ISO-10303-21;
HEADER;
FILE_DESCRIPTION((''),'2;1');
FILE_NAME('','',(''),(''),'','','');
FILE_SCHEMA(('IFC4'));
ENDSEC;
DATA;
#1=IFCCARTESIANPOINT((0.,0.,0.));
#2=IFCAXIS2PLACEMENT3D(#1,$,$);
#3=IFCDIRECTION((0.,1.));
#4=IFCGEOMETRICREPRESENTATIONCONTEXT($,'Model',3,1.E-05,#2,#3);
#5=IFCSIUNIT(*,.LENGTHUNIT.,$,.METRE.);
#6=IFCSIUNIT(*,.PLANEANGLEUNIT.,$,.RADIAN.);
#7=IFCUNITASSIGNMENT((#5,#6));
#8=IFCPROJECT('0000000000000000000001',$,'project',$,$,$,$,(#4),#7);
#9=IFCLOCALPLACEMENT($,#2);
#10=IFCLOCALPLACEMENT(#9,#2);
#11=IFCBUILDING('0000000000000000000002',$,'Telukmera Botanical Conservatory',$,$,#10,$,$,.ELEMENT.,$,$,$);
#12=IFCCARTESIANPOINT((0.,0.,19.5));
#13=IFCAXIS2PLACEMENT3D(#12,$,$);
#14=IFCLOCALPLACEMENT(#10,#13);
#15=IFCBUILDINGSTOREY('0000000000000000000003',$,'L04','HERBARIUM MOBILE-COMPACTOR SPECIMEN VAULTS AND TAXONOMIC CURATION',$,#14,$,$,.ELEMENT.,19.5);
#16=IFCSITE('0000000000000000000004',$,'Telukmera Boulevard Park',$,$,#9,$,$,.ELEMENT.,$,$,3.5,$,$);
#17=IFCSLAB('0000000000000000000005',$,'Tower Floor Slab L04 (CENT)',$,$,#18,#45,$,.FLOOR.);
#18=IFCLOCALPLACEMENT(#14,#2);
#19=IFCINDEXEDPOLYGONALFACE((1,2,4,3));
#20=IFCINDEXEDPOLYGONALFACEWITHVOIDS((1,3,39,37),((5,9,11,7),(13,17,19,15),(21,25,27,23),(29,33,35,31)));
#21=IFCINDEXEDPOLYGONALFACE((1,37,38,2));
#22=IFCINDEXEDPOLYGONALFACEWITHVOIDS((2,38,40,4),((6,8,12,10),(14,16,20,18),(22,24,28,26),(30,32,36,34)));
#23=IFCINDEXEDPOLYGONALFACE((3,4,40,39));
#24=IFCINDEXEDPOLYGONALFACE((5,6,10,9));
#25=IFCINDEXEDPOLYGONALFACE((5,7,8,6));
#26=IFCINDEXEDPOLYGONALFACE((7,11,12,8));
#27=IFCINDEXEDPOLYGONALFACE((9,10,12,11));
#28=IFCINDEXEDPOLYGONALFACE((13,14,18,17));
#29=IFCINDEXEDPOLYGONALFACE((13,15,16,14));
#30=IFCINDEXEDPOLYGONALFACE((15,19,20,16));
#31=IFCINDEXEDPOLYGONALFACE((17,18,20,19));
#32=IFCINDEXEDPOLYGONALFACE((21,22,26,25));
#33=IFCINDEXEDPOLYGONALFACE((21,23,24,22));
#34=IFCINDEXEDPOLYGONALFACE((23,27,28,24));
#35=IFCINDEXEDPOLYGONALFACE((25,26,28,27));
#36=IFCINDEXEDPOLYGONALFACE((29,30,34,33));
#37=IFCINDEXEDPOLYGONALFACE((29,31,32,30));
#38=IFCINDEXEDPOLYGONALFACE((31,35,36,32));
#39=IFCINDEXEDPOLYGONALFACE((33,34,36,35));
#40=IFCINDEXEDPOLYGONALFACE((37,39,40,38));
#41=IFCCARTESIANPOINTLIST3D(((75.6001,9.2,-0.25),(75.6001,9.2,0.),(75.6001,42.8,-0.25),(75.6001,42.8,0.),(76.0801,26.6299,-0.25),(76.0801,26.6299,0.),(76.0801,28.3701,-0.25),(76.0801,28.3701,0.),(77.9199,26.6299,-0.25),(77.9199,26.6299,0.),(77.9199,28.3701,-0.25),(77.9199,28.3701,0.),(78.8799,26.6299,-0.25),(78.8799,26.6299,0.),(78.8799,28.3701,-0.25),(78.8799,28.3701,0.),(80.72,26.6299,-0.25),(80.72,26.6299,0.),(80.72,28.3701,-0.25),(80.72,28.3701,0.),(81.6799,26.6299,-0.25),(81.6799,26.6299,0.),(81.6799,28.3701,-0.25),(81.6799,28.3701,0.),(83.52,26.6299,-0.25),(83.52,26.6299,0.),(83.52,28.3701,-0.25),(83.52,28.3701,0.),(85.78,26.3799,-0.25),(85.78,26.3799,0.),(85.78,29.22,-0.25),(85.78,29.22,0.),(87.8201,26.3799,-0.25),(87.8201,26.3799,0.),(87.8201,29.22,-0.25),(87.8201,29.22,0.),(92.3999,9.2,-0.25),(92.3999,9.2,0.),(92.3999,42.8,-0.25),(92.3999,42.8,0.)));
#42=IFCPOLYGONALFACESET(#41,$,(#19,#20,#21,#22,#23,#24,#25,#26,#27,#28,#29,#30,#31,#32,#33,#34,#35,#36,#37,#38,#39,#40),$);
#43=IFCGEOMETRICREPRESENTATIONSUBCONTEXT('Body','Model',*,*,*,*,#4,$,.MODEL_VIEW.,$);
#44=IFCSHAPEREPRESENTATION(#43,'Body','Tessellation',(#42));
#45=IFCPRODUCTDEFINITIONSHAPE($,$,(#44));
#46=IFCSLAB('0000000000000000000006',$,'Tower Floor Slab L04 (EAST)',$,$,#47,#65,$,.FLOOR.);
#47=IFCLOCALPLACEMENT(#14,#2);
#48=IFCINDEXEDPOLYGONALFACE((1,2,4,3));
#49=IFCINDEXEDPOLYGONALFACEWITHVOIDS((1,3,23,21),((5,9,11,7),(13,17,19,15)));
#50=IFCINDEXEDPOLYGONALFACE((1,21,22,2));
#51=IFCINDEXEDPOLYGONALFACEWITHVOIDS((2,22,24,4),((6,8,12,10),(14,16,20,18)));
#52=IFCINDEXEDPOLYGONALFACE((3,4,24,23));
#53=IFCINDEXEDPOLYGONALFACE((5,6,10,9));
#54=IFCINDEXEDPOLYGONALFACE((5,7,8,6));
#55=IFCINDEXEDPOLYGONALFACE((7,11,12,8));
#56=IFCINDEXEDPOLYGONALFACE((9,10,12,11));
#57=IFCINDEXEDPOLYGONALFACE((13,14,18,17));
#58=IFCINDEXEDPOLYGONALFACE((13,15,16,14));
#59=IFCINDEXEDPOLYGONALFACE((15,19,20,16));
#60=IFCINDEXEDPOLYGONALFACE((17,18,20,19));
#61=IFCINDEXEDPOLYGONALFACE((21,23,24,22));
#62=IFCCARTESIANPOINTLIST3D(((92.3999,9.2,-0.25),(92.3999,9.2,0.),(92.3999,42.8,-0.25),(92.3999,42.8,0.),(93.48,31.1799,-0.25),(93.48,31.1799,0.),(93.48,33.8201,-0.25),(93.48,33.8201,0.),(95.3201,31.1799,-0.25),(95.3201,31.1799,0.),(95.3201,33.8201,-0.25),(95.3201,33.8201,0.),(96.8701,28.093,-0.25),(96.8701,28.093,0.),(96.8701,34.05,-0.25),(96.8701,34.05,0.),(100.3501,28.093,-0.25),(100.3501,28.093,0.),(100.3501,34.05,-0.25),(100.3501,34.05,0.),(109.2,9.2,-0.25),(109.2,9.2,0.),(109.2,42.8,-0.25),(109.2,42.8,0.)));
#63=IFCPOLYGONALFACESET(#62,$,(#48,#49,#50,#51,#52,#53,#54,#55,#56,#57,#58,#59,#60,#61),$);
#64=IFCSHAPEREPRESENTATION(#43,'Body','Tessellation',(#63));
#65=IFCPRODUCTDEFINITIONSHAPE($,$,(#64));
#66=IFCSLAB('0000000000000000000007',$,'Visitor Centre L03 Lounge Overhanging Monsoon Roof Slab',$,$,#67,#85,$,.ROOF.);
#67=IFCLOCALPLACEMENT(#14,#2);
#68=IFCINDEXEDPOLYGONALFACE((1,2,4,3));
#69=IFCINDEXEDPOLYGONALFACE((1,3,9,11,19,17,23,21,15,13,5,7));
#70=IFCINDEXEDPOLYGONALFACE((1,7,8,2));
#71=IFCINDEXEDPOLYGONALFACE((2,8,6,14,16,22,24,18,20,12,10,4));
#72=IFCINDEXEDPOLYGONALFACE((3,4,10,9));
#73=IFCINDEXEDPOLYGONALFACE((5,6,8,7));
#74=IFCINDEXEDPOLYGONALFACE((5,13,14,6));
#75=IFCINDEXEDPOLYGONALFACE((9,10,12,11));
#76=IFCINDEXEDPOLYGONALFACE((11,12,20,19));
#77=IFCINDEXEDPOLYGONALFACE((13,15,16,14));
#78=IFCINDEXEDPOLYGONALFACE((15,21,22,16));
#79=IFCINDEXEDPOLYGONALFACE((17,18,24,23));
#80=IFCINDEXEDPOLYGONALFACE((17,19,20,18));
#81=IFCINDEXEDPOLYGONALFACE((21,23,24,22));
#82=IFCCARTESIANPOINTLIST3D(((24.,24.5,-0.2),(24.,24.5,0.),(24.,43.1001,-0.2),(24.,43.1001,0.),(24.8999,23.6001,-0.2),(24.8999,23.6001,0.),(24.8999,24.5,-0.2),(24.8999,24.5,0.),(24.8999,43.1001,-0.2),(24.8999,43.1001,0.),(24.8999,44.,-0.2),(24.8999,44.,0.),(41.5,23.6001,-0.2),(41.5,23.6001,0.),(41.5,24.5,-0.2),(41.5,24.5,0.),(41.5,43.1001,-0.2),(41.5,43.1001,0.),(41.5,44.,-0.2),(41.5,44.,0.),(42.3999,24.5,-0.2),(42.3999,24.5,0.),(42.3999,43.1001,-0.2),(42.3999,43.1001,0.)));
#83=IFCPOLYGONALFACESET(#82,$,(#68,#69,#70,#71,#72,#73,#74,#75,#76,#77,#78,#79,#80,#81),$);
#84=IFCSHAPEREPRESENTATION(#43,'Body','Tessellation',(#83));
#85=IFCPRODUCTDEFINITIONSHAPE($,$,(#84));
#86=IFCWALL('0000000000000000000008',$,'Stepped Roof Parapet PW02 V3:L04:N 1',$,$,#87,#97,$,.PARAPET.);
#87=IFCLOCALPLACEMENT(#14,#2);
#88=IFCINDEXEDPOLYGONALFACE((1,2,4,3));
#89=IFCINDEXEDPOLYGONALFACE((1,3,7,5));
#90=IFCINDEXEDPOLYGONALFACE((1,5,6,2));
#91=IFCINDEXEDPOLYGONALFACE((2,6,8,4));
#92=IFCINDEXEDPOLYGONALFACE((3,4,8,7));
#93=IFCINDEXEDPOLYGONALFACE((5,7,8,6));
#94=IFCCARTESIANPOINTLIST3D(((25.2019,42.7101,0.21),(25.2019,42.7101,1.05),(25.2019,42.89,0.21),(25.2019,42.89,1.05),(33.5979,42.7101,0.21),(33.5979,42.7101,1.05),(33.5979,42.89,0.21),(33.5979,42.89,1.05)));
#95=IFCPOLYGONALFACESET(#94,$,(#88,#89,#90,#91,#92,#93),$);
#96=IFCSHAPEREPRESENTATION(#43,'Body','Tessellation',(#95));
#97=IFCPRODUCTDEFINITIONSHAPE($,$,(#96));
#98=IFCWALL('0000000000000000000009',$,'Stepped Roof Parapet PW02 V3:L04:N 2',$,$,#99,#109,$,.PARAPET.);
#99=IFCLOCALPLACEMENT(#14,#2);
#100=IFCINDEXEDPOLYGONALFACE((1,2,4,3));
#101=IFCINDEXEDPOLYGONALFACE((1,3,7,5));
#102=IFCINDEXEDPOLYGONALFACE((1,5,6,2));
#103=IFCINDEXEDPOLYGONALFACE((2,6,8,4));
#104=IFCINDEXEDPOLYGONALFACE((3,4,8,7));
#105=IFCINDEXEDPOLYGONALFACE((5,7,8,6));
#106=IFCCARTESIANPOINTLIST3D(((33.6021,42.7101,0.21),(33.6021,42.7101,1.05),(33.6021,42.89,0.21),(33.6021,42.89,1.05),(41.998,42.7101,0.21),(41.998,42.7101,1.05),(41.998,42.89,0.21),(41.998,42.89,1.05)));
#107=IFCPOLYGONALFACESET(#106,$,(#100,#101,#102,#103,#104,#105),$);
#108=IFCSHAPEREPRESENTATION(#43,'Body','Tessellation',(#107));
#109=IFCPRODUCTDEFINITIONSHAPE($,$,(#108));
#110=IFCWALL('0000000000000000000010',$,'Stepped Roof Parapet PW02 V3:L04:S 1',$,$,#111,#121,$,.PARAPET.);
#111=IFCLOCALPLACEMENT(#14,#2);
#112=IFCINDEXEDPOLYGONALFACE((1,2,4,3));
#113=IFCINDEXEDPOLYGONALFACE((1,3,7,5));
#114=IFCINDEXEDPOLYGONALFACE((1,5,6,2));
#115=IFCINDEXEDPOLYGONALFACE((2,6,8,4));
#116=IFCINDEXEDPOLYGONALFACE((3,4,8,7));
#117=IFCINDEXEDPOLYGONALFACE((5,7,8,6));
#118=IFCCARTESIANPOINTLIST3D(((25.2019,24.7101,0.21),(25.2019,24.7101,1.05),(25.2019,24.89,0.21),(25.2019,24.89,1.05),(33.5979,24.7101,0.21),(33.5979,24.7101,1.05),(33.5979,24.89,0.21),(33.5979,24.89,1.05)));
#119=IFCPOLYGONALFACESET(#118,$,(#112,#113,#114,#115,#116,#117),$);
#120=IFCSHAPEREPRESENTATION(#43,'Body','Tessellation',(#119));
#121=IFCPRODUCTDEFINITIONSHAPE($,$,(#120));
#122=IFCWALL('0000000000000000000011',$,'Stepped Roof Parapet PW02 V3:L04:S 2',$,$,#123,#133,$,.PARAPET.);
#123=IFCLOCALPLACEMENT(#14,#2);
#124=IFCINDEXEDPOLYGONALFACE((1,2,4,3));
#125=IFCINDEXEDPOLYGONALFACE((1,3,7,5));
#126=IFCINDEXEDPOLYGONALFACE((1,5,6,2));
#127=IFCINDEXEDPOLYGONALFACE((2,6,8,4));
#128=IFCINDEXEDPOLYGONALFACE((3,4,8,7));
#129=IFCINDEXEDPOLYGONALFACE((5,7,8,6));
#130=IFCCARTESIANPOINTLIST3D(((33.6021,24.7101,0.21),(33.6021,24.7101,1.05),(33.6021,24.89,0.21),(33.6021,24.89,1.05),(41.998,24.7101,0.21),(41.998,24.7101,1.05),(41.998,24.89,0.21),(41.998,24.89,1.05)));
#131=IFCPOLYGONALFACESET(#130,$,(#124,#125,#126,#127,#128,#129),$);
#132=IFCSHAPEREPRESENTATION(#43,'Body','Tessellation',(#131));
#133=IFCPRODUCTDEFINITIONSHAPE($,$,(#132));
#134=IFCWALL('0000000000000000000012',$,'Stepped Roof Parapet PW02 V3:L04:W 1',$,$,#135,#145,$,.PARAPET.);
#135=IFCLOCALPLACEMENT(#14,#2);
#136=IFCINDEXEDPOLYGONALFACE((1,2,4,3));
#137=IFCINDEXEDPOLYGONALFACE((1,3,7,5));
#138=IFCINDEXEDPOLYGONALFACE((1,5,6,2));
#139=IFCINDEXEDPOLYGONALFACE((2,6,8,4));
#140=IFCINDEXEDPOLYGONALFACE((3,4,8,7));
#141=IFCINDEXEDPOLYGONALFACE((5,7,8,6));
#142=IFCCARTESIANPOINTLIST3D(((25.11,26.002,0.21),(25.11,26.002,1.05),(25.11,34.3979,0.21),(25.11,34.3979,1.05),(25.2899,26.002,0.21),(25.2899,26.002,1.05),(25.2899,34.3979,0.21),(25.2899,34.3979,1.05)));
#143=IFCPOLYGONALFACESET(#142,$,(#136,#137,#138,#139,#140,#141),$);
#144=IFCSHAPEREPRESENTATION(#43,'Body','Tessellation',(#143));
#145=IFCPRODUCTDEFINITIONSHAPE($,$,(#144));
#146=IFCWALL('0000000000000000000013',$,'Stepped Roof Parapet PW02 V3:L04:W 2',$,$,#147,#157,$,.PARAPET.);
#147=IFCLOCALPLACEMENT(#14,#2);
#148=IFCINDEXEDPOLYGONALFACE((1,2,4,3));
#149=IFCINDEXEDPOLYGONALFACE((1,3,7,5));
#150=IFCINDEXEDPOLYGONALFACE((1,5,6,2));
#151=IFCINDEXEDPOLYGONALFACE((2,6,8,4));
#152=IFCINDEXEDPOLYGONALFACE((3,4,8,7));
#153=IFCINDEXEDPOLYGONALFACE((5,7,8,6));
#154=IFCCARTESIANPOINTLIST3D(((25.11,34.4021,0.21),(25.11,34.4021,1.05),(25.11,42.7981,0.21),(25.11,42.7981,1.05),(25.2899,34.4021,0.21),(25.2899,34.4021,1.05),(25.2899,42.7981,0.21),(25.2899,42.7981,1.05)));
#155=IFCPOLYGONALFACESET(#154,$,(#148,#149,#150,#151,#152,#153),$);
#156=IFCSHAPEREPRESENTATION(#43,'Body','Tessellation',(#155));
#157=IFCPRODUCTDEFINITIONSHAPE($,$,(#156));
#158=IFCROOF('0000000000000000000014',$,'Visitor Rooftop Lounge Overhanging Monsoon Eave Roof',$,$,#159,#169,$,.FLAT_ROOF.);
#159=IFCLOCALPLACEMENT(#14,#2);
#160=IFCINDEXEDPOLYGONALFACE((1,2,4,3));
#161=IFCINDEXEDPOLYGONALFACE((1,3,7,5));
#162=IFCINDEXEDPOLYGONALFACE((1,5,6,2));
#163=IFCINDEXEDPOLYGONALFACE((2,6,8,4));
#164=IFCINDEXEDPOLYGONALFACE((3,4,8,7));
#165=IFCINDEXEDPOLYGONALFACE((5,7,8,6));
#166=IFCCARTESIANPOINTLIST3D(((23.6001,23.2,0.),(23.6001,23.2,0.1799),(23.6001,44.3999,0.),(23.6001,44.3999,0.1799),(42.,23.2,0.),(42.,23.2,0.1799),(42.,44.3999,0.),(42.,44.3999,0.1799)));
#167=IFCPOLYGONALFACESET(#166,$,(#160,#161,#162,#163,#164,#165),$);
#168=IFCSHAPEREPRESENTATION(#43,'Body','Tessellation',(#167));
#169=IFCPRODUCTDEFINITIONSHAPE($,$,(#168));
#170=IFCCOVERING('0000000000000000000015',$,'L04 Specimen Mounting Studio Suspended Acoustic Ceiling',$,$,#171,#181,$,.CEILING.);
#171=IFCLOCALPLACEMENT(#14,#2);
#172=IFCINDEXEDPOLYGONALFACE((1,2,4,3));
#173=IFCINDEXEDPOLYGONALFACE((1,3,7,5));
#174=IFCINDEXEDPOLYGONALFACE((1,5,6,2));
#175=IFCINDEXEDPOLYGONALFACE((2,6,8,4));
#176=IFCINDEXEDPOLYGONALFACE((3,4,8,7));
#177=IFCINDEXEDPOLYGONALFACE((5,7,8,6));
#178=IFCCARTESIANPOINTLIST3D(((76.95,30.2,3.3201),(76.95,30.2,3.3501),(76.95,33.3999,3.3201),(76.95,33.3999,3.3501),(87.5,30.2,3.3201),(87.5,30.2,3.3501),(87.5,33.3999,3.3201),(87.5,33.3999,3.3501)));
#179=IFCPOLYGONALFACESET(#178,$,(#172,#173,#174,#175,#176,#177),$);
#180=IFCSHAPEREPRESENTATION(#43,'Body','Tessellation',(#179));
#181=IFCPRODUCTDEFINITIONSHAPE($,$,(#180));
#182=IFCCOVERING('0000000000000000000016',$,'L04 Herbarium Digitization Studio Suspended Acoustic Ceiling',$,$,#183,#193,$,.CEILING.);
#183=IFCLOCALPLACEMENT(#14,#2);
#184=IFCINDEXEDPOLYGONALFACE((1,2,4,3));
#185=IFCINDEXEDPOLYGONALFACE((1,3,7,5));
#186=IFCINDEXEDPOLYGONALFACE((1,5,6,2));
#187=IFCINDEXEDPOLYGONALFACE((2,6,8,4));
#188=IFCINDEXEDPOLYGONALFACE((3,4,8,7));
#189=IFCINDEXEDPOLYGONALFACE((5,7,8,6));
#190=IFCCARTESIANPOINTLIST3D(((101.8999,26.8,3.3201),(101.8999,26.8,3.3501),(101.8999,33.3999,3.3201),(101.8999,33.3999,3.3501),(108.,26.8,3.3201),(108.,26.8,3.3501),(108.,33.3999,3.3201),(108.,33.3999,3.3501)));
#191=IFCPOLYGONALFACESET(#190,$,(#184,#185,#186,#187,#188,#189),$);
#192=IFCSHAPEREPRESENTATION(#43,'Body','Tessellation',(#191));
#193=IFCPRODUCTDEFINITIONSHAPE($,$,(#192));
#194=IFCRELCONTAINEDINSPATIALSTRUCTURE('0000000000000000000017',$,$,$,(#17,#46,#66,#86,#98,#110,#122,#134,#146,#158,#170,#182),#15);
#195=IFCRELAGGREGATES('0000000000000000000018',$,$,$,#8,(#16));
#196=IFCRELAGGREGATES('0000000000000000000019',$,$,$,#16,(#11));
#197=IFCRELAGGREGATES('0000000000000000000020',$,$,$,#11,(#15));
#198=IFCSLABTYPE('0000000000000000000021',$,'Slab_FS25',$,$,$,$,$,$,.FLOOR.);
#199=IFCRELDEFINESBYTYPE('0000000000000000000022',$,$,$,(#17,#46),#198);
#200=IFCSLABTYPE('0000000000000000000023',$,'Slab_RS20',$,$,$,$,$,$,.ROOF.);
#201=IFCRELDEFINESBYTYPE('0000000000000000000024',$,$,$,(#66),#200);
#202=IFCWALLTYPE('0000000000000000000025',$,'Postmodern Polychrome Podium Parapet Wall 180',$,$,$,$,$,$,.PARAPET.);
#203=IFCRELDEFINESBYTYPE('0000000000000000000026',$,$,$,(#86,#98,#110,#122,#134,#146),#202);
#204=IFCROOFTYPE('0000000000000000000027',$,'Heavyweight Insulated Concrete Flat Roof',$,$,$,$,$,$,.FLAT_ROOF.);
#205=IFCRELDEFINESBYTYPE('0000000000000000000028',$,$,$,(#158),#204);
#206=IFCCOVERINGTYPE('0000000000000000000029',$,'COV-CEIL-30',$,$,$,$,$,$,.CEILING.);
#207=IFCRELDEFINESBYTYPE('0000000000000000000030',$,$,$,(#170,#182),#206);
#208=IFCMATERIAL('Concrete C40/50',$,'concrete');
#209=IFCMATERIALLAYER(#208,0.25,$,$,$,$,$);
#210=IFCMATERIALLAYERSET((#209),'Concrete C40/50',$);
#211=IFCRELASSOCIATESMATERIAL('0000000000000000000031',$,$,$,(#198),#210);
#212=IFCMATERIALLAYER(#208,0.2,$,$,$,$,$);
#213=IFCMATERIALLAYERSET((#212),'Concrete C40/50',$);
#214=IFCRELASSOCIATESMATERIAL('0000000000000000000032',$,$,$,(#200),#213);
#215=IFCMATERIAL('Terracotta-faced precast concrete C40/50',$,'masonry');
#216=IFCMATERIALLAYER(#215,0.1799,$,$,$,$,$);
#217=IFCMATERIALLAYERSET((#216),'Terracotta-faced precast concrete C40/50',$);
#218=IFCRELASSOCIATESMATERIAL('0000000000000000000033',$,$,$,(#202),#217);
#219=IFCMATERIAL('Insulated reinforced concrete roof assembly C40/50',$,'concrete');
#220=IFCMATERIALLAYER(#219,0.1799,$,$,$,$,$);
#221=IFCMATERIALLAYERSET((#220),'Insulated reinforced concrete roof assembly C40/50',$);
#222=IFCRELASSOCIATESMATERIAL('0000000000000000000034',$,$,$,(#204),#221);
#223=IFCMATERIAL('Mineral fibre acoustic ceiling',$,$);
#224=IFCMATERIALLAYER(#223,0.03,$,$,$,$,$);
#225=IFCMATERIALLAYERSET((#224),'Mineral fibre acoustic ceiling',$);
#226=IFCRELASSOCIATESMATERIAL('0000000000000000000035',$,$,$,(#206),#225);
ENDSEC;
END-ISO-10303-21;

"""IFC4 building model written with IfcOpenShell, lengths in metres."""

from ifc_helpers import new_model, si_unit, direction, frame, frame_2d, origin, place, context, subcontext, project, spatial, polyline, rectangle, outline, extrude, material, layer, layer_set, type_object, element, save


model = new_model("IFC4")

# Units and contexts
model_context = context("Model", 3, precision=1e-05, world=origin(), true_north=direction((0.0, 1.0)))
body_context = subcontext(model_context, "Body", "Model", "MODEL_VIEW")
ifc_project = project(units=[si_unit("LENGTHUNIT", "METRE"), si_unit("PLANEANGLEUNIT", "RADIAN")], contexts=[model_context])

# Site, building, storey
site_placement = place(None, origin())
site = spatial("IfcSite", under=ifc_project, at=site_placement, Name="Telukmera Boulevard Park", CompositionType="ELEMENT", RefElevation=3.5)
building_placement = place(site_placement, origin())
building = spatial("IfcBuilding", under=site, at=building_placement, Name="Telukmera Botanical Conservatory", CompositionType="ELEMENT")
storey_placement = place(building_placement, frame((0.0, 0.0, 19.5)))
storey = spatial("IfcBuildingStorey", under=building, at=storey_placement, Name="L04", Description="HERBARIUM MOBILE-COMPACTOR SPECIMEN VAULTS AND TAXONOMIC CURATION", CompositionType="ELEMENT", Elevation=19.5)

# Shared definitions
ifc_material_1 = material(Name="Concrete C40/50", Category="concrete")

# Slabs
ifc_layer_1 = layer(ifc_material_1, 0.25)
ifc_layer_set_1 = layer_set([ifc_layer_1], Name="Concrete C40/50")
slab_type_1 = type_object("IfcSlabType", Name="Slab_FS25", PredefinedType="FLOOR", material=ifc_layer_set_1)
slab_1_placement = place(storey_placement, frame((0.0, 0.0, -0.25)))
element("IfcSlab", 1, at=slab_1_placement, inside=storey, type_object=slab_type_1, Name="Tower Floor Slab L04 (CENT)", PredefinedType="FLOOR", context=body_context, shape_type="SweptSolid", body=[
    extrude(outline(polyline([(75.6001, 9.2), (92.3999, 9.2), (92.3999, 42.8), (75.6001, 42.8), (75.6001, 9.2)]), holes=[polyline([(85.78, 26.3799), (87.8201, 26.3799), (87.8201, 29.22), (85.78, 29.22), (85.78, 26.3799)]), polyline([(76.0801, 26.6299), (77.9199, 26.6299), (77.9199, 28.3701), (76.0801, 28.3701), (76.0801, 26.6299)]), polyline([(78.8799, 26.6299), (80.72, 26.6299), (80.72, 28.3701), (78.8799, 28.3701), (78.8799, 26.6299)]), polyline([(81.6799, 26.6299), (83.52, 26.6299), (83.52, 28.3701), (81.6799, 28.3701), (81.6799, 26.6299)])]), origin(), (0.0, 0.0, 1.0), 0.25),
])
slab_2_placement = place(storey_placement, frame((0.0, 0.0, -0.25)))
element("IfcSlab", 2, at=slab_2_placement, inside=storey, type_object=slab_type_1, Name="Tower Floor Slab L04 (EAST)", PredefinedType="FLOOR", context=body_context, shape_type="SweptSolid", body=[
    extrude(outline(polyline([(92.3999, 9.2), (109.2, 9.2), (109.2, 42.8), (92.3999, 42.8), (92.3999, 9.2)]), holes=[polyline([(100.3501, 28.093), (100.3501, 34.05), (96.8701, 34.05), (96.8701, 28.093), (100.3501, 28.093)]), polyline([(93.48, 31.1799), (95.3201, 31.1799), (95.3201, 33.8201), (93.48, 33.8201), (93.48, 31.1799)])]), origin(), (0.0, 0.0, 1.0), 0.25),
])
ifc_layer_2 = layer(ifc_material_1, 0.2)
ifc_layer_set_2 = layer_set([ifc_layer_2], Name="Concrete C40/50")
slab_type_2 = type_object("IfcSlabType", Name="Slab_RS20", PredefinedType="ROOF", material=ifc_layer_set_2)
slab_3_placement = place(storey_placement, frame((0.0, 0.0, -0.2)))
element("IfcSlab", 3, at=slab_3_placement, inside=storey, type_object=slab_type_2, Name="Visitor Centre L03 Lounge Overhanging Monsoon Roof Slab", PredefinedType="ROOF", context=body_context, shape_type="SweptSolid", body=[
    extrude(outline(polyline([(24.8999, 23.6001), (41.5, 23.6001), (41.5, 24.5), (42.3999, 24.5), (42.3999, 43.1001), (41.5, 43.1001), (41.5, 44.0), (24.8999, 44.0), (24.8999, 43.1001), (24.0, 43.1001), (24.0, 24.5), (24.8999, 24.5), (24.8999, 23.6001)])), origin(), (0.0, 0.0, 1.0), 0.2),
])

# Walls
ifc_material_2 = material(Name="Terracotta-faced precast concrete C40/50", Category="masonry")
ifc_layer_3 = layer(ifc_material_2, 0.1799)
ifc_layer_set_3 = layer_set([ifc_layer_3], Name="Terracotta-faced precast concrete C40/50")
wall_type = type_object("IfcWallType", Name="Postmodern Polychrome Podium Parapet Wall 180", PredefinedType="PARAPET", material=ifc_layer_set_3)
for number, where, z_axis, x_axis, name in (
    (4, (25.2019, 42.8, 0.21), (0.0, 0.0, 1.0), (1.0, 0.0, 0.0), "Stepped Roof Parapet PW02 V3:L04:N 1"),
    (5, (33.6021, 42.8, 0.21), (0.0, 0.0, 1.0), (1.0, 0.0, 0.0), "Stepped Roof Parapet PW02 V3:L04:N 2"),
    (6, (25.2019, 24.8, 0.21), (0.0, 0.0, 1.0), (1.0, 0.0, 0.0), "Stepped Roof Parapet PW02 V3:L04:S 1"),
    (7, (33.6021, 24.8, 0.21), (0.0, 0.0, 1.0), (1.0, 0.0, 0.0), "Stepped Roof Parapet PW02 V3:L04:S 2"),
    (8, (25.2, 26.002, 0.21), (0.0, 0.0, 1.0), (0.0, 1.0, 0.0), "Stepped Roof Parapet PW02 V3:L04:W 1"),
    (9, (25.2, 34.4021, 0.21), (0.0, 0.0, 1.0), (0.0, 1.0, 0.0), "Stepped Roof Parapet PW02 V3:L04:W 2"),
):
    element("IfcWall", number, at=place(storey_placement, frame(where, z_axis=z_axis, x_axis=x_axis)), inside=storey, type_object=wall_type, Name=name, PredefinedType="PARAPET", context=body_context, shape_type="SweptSolid", body=[
        extrude(rectangle(XDim=8.396, YDim=0.1799, at=frame_2d((4.198, 0.0))), origin(), (0.0, 0.0, 1.0), 0.8401),
    ])

# Roof
ifc_material_3 = material(Name="Insulated reinforced concrete roof assembly C40/50", Category="concrete")
ifc_layer_4 = layer(ifc_material_3, 0.1799)
ifc_layer_set_4 = layer_set([ifc_layer_4], Name="Insulated reinforced concrete roof assembly C40/50")
roof_type = type_object("IfcRoofType", Name="Heavyweight Insulated Concrete Flat Roof", PredefinedType="FLAT_ROOF", material=ifc_layer_set_4)
roof_placement = place(storey_placement, origin())
element("IfcRoof", 10, at=roof_placement, inside=storey, type_object=roof_type, Name="Visitor Rooftop Lounge Overhanging Monsoon Eave Roof", PredefinedType="FLAT_ROOF", context=body_context, shape_type="SweptSolid", body=[
    extrude(outline(polyline([(23.6001, 23.2), (42.0, 23.2), (42.0, 44.3999), (23.6001, 44.3999), (23.6001, 23.2)])), origin(), (0.0, 0.0, 1.0), 0.1799),
])

# Coverings
ifc_material_4 = material(Name="Mineral fibre acoustic ceiling")
ifc_layer_5 = layer(ifc_material_4, 0.03)
ifc_layer_set_5 = layer_set([ifc_layer_5], Name="Mineral fibre acoustic ceiling")
covering_type_1 = type_object("IfcCoveringType", Name="COV-CEIL-30", PredefinedType="CEILING", material=ifc_layer_set_5)
covering_1_placement = place(storey_placement, frame((0.0, 0.0, 3.3201)))
element("IfcCovering", 11, at=covering_1_placement, inside=storey, type_object=covering_type_1, Name="L04 Specimen Mounting Studio Suspended Acoustic Ceiling", PredefinedType="CEILING", context=body_context, shape_type="SweptSolid", body=[
    extrude(outline(polyline([(76.95, 30.2), (87.5, 30.2), (87.5, 33.3999), (76.95, 33.3999), (76.95, 30.2)])), origin(), (0.0, 0.0, 1.0), 0.03),
])
covering_2_placement = place(storey_placement, frame((0.0, 0.0, 3.3201)))
element("IfcCovering", 12, at=covering_2_placement, inside=storey, type_object=covering_type_1, Name="L04 Herbarium Digitization Studio Suspended Acoustic Ceiling", PredefinedType="CEILING", context=body_context, shape_type="SweptSolid", body=[
    extrude(outline(polyline([(101.8999, 26.8), (108.0, 26.8), (108.0, 33.3999), (101.8999, 33.3999), (101.8999, 26.8)])), origin(), (0.0, 0.0, 1.0), 0.03),
])

save(model, "model.ifc")
